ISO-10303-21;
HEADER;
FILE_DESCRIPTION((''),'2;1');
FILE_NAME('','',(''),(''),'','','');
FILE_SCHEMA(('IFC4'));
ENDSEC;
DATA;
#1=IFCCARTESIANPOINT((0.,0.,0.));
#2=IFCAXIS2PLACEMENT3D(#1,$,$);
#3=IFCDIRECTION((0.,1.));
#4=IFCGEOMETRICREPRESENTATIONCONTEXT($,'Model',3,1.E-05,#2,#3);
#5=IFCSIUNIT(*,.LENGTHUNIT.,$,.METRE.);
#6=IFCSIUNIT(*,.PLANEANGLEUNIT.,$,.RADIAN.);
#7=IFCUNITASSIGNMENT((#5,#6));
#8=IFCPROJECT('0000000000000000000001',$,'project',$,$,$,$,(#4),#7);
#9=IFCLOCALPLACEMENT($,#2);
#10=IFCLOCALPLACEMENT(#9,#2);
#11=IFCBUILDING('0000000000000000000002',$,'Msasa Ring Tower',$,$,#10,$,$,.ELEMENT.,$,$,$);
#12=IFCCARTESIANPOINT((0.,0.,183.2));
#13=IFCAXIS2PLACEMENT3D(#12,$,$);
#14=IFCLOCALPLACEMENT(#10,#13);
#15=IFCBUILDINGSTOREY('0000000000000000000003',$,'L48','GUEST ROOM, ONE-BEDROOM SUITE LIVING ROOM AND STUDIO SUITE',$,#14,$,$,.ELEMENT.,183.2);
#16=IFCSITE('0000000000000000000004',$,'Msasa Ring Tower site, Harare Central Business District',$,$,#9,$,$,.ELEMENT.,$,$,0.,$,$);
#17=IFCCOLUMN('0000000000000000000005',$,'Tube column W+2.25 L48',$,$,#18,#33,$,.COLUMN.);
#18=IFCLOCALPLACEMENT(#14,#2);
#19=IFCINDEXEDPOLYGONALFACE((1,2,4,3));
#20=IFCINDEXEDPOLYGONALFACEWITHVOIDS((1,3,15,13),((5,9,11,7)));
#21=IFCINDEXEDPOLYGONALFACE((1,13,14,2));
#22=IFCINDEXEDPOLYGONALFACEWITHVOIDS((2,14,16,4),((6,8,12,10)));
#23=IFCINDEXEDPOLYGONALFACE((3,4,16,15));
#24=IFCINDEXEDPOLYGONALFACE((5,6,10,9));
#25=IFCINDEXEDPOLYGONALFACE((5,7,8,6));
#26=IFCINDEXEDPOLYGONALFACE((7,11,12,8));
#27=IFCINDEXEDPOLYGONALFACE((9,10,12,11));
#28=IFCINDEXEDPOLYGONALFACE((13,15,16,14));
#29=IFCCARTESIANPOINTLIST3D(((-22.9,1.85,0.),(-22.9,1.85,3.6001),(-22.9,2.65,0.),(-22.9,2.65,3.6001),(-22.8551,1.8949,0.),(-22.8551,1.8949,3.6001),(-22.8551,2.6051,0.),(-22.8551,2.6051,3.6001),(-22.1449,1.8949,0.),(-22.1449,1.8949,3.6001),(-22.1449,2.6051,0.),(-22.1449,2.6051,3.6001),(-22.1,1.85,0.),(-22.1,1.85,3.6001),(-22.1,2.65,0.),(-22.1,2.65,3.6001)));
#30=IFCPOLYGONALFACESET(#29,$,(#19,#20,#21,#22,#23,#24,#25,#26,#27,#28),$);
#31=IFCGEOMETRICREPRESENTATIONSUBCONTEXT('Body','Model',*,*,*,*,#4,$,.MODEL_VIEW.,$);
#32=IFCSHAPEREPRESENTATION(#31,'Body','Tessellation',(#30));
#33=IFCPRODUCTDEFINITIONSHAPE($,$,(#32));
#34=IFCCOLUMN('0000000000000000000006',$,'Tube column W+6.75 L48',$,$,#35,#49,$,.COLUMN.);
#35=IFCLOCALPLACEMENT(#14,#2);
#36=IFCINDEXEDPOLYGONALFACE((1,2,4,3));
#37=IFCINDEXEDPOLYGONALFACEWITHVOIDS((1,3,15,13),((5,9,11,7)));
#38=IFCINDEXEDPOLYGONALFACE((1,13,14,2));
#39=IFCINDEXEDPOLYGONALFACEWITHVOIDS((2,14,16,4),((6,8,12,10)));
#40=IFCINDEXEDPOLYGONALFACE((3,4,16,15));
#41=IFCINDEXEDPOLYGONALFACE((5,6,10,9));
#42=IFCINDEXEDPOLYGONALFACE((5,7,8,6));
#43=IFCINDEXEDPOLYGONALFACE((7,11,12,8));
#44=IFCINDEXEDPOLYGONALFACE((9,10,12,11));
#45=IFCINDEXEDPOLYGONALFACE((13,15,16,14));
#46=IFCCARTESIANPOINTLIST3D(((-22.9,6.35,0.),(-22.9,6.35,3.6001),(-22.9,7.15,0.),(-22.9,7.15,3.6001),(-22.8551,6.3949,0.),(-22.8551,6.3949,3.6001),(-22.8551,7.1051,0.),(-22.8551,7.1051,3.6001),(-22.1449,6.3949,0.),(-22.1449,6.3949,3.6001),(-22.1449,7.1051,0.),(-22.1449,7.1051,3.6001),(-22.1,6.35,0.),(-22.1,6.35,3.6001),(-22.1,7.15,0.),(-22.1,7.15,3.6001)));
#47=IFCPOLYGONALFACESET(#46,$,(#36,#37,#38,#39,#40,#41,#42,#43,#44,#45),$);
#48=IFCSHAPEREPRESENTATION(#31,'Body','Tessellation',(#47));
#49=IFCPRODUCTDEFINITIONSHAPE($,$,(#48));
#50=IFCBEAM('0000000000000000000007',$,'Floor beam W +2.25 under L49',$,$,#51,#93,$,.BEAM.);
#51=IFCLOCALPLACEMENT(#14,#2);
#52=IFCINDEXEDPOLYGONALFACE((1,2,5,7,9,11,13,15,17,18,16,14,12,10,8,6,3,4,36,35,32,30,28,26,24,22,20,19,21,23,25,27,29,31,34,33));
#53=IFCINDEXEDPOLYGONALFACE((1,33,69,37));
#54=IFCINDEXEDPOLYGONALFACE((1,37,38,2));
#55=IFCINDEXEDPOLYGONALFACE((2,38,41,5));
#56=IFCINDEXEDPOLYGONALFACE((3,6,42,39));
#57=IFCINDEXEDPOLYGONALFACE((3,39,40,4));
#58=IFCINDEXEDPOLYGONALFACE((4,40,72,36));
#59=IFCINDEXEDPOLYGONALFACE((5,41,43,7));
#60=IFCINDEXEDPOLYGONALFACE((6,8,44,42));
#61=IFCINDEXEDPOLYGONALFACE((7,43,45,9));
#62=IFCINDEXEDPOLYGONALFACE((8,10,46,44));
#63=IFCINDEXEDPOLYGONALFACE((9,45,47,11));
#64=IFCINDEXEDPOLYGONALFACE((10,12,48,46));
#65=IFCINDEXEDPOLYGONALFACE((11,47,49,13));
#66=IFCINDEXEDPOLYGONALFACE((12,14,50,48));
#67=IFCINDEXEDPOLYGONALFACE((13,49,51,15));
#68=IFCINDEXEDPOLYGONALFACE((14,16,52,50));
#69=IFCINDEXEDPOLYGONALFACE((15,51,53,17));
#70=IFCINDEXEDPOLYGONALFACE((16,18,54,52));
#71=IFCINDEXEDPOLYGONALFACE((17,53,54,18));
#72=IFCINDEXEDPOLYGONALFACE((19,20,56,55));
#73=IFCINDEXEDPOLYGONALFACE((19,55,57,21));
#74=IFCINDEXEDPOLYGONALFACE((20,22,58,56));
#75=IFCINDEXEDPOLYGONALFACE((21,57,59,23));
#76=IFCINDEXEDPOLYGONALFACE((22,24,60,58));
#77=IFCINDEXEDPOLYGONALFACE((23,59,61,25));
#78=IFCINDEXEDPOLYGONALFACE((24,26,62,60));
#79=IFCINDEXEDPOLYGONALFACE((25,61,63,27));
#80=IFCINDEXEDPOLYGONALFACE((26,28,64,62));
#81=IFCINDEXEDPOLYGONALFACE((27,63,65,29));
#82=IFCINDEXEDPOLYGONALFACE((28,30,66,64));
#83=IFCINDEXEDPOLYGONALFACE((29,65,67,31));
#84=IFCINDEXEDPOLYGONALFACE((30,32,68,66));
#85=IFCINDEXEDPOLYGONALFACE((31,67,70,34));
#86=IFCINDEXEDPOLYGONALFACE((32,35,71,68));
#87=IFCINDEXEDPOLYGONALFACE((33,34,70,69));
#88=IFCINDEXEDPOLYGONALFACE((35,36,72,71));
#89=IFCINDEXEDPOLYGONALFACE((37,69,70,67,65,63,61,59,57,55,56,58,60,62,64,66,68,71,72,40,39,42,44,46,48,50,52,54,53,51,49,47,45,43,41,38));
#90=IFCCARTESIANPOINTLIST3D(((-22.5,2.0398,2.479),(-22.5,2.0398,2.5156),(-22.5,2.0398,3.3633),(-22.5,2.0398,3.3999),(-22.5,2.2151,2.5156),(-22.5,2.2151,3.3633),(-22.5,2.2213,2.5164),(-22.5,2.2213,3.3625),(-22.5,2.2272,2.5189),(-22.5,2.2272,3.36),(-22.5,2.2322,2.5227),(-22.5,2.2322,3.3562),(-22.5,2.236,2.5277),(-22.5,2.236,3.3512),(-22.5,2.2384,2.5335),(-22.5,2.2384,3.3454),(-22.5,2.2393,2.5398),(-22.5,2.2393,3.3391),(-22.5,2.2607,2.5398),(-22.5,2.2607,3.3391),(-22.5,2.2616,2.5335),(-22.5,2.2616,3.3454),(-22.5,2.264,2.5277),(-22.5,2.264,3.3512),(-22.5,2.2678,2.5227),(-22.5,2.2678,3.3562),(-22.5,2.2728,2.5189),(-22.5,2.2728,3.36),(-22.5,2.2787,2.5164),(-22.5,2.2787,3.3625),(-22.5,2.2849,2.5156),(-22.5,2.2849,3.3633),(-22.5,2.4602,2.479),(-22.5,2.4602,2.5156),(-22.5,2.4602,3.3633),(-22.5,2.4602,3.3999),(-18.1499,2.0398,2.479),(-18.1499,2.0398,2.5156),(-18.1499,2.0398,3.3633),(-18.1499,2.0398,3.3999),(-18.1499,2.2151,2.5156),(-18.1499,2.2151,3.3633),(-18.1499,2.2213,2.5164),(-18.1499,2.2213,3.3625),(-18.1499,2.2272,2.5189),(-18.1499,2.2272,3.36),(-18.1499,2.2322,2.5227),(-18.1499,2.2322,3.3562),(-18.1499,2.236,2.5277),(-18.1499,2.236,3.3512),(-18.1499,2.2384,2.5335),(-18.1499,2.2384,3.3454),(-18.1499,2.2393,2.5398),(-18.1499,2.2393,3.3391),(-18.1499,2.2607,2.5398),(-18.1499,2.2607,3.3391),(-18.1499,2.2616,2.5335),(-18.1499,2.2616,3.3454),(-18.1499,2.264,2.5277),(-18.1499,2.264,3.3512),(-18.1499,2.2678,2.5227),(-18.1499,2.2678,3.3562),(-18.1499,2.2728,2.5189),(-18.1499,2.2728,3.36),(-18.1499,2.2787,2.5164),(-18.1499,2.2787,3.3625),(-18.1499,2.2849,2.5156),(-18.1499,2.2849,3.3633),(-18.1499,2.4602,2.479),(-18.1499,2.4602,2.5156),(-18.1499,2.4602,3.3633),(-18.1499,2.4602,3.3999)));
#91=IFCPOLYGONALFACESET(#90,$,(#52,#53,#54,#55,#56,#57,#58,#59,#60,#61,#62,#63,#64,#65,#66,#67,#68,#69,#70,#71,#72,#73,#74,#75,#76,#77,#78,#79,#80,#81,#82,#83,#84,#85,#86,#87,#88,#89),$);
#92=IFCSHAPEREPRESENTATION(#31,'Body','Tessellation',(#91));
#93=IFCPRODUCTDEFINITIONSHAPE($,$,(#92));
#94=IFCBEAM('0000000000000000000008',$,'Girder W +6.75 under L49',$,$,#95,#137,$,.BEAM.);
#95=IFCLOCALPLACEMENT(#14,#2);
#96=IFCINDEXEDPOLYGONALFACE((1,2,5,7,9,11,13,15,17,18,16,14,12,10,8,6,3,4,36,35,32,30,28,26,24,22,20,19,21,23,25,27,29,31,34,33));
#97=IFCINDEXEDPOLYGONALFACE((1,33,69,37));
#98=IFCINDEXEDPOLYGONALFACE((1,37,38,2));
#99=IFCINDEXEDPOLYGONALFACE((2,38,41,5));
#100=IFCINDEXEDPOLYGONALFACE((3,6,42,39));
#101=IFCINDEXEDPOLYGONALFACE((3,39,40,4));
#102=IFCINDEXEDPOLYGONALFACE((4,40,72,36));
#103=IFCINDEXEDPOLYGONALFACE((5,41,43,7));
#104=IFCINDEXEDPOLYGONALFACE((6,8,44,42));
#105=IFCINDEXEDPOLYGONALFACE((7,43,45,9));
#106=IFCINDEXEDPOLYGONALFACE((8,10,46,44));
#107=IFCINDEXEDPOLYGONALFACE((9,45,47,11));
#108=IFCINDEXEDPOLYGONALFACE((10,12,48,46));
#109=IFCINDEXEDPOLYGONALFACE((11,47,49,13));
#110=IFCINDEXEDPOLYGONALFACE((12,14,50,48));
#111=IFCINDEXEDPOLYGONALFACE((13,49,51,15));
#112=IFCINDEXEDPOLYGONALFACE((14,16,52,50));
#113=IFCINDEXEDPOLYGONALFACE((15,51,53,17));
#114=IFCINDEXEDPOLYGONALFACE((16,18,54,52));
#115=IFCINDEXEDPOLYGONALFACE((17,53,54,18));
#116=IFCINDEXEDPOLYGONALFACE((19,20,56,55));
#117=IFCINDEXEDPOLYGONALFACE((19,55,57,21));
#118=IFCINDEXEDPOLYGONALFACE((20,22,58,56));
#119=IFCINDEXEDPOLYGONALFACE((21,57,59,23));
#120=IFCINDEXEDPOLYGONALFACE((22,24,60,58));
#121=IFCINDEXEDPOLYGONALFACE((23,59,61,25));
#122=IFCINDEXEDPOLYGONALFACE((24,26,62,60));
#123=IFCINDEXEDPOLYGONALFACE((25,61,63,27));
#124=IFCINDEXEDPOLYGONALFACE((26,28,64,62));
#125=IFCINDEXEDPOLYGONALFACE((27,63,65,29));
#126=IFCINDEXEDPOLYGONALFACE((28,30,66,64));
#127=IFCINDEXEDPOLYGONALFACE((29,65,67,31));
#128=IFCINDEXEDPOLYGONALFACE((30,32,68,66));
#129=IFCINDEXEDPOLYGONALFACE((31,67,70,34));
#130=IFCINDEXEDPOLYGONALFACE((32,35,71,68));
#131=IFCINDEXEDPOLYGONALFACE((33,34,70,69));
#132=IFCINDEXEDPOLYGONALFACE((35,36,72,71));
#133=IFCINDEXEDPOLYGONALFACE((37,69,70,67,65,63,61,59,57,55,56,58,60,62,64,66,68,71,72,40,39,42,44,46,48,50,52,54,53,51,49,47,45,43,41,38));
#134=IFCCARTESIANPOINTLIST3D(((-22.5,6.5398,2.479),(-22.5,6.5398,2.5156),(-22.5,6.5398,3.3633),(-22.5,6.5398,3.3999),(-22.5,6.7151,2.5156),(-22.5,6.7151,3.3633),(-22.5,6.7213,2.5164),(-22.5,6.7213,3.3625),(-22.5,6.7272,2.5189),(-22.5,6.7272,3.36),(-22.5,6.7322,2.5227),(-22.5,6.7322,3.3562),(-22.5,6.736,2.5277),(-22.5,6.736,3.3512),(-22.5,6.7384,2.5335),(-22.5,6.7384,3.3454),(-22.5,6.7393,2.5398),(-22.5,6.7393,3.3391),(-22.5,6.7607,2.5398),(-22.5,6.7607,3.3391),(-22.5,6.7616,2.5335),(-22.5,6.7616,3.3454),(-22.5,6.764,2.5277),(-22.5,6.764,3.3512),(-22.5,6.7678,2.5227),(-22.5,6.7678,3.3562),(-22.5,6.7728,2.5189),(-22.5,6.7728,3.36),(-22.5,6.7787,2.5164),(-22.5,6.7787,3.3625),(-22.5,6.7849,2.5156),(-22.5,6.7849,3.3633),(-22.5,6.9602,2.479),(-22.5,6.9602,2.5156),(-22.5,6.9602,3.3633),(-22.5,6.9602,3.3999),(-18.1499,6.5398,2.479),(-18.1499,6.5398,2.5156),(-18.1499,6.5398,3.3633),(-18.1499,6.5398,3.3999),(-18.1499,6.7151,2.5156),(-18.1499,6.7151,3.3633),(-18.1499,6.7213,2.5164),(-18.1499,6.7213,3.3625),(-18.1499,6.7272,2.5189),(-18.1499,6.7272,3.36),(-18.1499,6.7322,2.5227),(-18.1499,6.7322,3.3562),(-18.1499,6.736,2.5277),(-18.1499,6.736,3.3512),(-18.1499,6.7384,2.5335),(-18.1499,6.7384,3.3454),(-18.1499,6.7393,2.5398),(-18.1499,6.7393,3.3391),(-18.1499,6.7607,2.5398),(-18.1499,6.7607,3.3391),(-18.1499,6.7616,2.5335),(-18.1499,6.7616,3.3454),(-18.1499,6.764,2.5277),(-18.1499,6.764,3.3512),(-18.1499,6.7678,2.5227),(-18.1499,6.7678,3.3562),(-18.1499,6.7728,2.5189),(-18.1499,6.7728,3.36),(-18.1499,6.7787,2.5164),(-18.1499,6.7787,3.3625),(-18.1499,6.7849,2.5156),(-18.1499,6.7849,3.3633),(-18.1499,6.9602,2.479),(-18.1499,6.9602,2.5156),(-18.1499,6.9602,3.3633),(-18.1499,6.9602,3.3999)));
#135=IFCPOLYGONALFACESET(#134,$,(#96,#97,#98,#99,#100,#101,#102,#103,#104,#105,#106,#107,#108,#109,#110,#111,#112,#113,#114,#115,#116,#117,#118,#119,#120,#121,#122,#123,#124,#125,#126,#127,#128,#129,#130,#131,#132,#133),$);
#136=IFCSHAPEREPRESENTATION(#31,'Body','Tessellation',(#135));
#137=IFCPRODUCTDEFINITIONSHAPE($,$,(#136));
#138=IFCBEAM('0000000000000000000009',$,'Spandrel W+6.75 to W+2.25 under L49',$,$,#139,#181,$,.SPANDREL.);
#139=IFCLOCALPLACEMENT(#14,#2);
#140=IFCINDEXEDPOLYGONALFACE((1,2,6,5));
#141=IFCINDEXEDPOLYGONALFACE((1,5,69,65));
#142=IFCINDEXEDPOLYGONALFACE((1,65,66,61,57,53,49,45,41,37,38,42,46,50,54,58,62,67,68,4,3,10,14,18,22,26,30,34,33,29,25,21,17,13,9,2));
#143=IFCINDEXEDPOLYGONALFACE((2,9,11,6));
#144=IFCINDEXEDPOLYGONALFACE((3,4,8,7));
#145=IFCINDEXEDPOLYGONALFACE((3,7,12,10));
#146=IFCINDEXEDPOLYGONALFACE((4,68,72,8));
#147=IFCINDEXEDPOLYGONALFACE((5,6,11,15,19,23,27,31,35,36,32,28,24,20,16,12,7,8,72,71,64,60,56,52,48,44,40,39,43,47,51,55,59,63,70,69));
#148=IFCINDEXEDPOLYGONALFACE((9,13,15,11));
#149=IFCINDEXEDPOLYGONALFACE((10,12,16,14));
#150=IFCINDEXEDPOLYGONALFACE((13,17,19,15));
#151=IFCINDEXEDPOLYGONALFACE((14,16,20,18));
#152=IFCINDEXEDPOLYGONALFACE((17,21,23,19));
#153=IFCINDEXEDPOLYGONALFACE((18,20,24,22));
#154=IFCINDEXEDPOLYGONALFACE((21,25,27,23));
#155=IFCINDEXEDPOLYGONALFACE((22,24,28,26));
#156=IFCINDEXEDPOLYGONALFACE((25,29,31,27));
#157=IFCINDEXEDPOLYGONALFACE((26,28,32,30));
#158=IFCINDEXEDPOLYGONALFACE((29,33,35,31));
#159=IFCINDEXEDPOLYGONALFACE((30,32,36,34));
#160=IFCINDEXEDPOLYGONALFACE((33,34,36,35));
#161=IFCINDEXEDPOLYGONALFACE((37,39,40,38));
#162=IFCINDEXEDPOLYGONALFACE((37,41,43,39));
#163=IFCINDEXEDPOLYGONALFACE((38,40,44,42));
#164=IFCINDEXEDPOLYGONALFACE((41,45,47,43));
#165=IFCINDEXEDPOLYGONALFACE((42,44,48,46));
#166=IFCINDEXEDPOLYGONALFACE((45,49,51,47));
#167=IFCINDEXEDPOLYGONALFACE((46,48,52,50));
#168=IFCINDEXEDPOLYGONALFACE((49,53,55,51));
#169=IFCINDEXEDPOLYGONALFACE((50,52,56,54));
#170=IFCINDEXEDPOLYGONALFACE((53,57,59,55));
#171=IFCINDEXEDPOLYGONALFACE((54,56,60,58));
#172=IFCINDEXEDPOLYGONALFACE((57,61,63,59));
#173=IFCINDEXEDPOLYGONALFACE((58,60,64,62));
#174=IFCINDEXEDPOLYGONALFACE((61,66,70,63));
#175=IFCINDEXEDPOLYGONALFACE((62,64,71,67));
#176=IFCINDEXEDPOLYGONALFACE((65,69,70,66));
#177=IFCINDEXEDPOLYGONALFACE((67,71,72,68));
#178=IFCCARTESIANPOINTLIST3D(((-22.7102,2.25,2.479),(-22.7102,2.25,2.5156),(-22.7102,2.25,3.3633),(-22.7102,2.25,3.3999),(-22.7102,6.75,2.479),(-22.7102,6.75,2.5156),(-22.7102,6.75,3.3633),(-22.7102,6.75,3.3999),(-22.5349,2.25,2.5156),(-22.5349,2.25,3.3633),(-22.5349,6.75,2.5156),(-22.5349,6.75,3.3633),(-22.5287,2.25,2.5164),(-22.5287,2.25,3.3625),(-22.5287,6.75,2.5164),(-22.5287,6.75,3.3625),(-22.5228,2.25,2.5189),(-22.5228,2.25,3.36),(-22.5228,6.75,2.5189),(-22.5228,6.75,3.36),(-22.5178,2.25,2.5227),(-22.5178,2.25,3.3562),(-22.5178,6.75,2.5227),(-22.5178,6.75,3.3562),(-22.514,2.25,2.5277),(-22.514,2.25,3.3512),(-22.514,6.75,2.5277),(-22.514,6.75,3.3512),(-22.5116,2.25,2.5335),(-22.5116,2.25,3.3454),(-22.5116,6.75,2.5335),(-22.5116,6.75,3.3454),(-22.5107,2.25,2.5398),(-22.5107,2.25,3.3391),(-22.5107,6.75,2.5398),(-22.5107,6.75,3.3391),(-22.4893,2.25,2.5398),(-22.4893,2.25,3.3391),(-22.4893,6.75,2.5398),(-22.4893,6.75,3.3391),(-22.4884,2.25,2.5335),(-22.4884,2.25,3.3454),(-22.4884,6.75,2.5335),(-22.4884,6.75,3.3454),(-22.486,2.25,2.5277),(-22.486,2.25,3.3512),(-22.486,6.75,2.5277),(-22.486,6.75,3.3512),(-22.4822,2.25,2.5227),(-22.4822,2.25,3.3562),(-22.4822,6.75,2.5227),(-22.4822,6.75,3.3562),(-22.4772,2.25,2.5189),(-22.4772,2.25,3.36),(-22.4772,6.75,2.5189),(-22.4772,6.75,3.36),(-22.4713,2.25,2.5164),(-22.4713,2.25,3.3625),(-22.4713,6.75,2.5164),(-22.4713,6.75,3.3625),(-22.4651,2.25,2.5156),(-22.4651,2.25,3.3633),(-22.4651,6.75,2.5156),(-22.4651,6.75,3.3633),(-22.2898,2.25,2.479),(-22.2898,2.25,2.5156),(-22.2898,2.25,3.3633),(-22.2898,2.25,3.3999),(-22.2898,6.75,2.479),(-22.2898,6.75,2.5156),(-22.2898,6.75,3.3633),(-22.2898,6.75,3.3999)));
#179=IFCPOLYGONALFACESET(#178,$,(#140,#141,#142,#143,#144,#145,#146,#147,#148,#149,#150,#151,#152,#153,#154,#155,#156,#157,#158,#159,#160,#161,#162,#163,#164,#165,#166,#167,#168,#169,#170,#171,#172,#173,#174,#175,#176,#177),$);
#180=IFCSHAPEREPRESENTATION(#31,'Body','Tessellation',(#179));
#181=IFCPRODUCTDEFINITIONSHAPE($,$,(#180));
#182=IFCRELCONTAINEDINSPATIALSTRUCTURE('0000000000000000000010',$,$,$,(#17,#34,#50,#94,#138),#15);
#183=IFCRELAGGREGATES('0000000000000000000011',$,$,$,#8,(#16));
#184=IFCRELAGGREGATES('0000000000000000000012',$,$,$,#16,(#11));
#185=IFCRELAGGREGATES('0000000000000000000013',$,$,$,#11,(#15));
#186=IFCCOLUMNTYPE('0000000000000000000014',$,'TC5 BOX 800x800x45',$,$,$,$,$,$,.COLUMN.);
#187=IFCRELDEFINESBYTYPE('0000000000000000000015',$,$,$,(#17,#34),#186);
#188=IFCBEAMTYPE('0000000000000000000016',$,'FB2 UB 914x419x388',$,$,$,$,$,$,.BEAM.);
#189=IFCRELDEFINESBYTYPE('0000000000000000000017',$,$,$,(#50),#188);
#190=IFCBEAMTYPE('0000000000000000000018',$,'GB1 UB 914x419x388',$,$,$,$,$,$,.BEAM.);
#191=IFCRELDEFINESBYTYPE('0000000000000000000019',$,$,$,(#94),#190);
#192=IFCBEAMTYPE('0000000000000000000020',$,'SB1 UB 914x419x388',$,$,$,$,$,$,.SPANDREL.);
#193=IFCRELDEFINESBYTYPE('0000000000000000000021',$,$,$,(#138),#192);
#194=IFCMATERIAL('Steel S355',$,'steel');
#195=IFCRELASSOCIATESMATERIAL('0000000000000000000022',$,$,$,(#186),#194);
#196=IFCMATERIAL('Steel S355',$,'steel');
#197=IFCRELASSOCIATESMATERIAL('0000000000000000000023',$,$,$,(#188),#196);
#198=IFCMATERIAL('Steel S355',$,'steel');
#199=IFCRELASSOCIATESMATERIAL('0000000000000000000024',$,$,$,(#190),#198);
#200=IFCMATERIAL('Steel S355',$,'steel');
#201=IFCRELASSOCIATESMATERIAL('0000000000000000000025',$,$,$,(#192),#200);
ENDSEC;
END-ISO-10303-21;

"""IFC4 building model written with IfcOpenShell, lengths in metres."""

from ifc_helpers import new_model, si_unit, direction, frame, origin, origin_2d, place, context, subcontext, project, spatial, hollow_rectangle, i_section, extrude, material, material_profile, profile_set, type_object, element, save


model = new_model("IFC4")

# Units and contexts
model_context = context("Model", 3, precision=1e-05, world=origin(), true_north=direction((0.0, 1.0)))
body_context = subcontext(model_context, "Body", "Model", "MODEL_VIEW")
ifc_project = project(units=[si_unit("LENGTHUNIT", "METRE"), si_unit("PLANEANGLEUNIT", "RADIAN")], contexts=[model_context])

# Site, building, storey
site_placement = place(None, origin())
site = spatial("IfcSite", under=ifc_project, at=site_placement, Name="Msasa Ring Tower site, Harare Central Business District", CompositionType="ELEMENT", RefElevation=0.0)
building_placement = place(site_placement, origin())
building = spatial("IfcBuilding", under=site, at=building_placement, Name="Msasa Ring Tower", CompositionType="ELEMENT")
storey_placement = place(building_placement, frame((0.0, 0.0, 183.2)))
storey = spatial("IfcBuildingStorey", under=building, at=storey_placement, Name="L48", Description="GUEST ROOM, ONE-BEDROOM SUITE LIVING ROOM AND STUDIO SUITE", CompositionType="ELEMENT", Elevation=183.2)

# Columns
ifc_material_1 = material(Name="Steel S355", Category="steel")
ifc_material_profile_1 = material_profile(ifc_material_1, hollow_rectangle(XDim=0.8, YDim=0.8, WallThickness=0.0449, at=origin_2d()), Name="BOX 800x800x45")
ifc_profile_set_1 = profile_set([ifc_material_profile_1], Name="Steel S355")
column_type = type_object("IfcColumnType", Name="TC5 BOX 800x800x45", PredefinedType="COLUMN", material=ifc_profile_set_1)
for number, where, z_axis, x_axis, name in (
    (1, (-22.5, 2.25, 0.0), (0.0, 0.0, 1.0), (1.0, 0.0, 0.0), "Tube column W+2.25 L48"),
    (2, (-22.5, 6.75, 0.0), (0.0, 0.0, 1.0), (1.0, 0.0, 0.0), "Tube column W+6.75 L48"),
):
    element("IfcColumn", number, at=place(storey_placement, frame(where, z_axis=z_axis, x_axis=x_axis)), inside=storey, type_object=column_type, Name=name, PredefinedType="COLUMN", context=body_context, shape_type="SweptSolid", body=[
        extrude(hollow_rectangle(XDim=0.8, YDim=0.8, WallThickness=0.0449, at=origin_2d()), origin(), (0.0, 0.0, 1.0), 3.6001),
    ])

# Beams
ifc_material_2 = material(Name="Steel S355", Category="steel")
ifc_material_profile_2 = material_profile(ifc_material_2, i_section(OverallWidth=0.4204, OverallDepth=0.9209, WebThickness=0.0215, FlangeThickness=0.0366, FilletRadius=0.0242, at=origin_2d()), Name="UB 914x419x388")
ifc_profile_set_2 = profile_set([ifc_material_profile_2], Name="Steel S355")
beam_type_1 = type_object("IfcBeamType", Name="FB2 UB 914x419x388", PredefinedType="BEAM", material=ifc_profile_set_2)
beam_1_placement = place(storey_placement, frame((-22.5, 2.25, 2.9395), z_axis=(1.0, 0.0, 0.0), x_axis=(0.0, 1.0, 0.0)))
element("IfcBeam", 3, at=beam_1_placement, inside=storey, type_object=beam_type_1, Name="Floor beam W +2.25 under L49", PredefinedType="BEAM", context=body_context, shape_type="SweptSolid", body=[
    extrude(i_section(OverallWidth=0.4204, OverallDepth=0.9209, WebThickness=0.0215, FlangeThickness=0.0366, FilletRadius=0.0242, at=origin_2d()), origin(), (0.0, 0.0, 1.0), 4.3501),
])
ifc_material_3 = material(Name="Steel S355", Category="steel")
ifc_material_profile_3 = material_profile(ifc_material_3, i_section(OverallWidth=0.4204, OverallDepth=0.9209, WebThickness=0.0215, FlangeThickness=0.0366, FilletRadius=0.0242, at=origin_2d()), Name="UB 914x419x388")
ifc_profile_set_3 = profile_set([ifc_material_profile_3], Name="Steel S355")
beam_type_2 = type_object("IfcBeamType", Name="GB1 UB 914x419x388", PredefinedType="BEAM", material=ifc_profile_set_3)
beam_2_placement = place(storey_placement, frame((-18.1499, 6.75, 2.9395), z_axis=(-1.0, 0.0, 0.0), x_axis=(0.0, -1.0, 0.0)))
element("IfcBeam", 4, at=beam_2_placement, inside=storey, type_object=beam_type_2, Name="Girder W +6.75 under L49", PredefinedType="BEAM", context=body_context, shape_type="SweptSolid", body=[
    extrude(i_section(OverallWidth=0.4204, OverallDepth=0.9209, WebThickness=0.0215, FlangeThickness=0.0366, FilletRadius=0.0242, at=origin_2d()), origin(), (0.0, 0.0, 1.0), 4.3501),
])
ifc_material_4 = material(Name="Steel S355", Category="steel")
ifc_material_profile_4 = material_profile(ifc_material_4, i_section(OverallWidth=0.4204, OverallDepth=0.9209, WebThickness=0.0215, FlangeThickness=0.0366, FilletRadius=0.0242, at=origin_2d()), Name="UB 914x419x388")
ifc_profile_set_4 = profile_set([ifc_material_profile_4], Name="Steel S355")
beam_type_3 = type_object("IfcBeamType", Name="SB1 UB 914x419x388", PredefinedType="SPANDREL", material=ifc_profile_set_4)
for number, where, z_axis, x_axis, name in (
    (5, (-22.5, 6.75, 2.9395), (0.0, -1.0, 0.0), (1.0, 0.0, 0.0), "Spandrel W+6.75 to W+2.25 under L49"),
):
    element("IfcBeam", number, at=place(storey_placement, frame(where, z_axis=z_axis, x_axis=x_axis)), inside=storey, type_object=beam_type_3, Name=name, PredefinedType="SPANDREL", context=body_context, shape_type="SweptSolid", body=[
        extrude(i_section(OverallWidth=0.4204, OverallDepth=0.9209, WebThickness=0.0215, FlangeThickness=0.0366, FilletRadius=0.0242, at=origin_2d()), origin(), (0.0, 0.0, 1.0), 4.5),
    ])

save(model, "model.ifc")
